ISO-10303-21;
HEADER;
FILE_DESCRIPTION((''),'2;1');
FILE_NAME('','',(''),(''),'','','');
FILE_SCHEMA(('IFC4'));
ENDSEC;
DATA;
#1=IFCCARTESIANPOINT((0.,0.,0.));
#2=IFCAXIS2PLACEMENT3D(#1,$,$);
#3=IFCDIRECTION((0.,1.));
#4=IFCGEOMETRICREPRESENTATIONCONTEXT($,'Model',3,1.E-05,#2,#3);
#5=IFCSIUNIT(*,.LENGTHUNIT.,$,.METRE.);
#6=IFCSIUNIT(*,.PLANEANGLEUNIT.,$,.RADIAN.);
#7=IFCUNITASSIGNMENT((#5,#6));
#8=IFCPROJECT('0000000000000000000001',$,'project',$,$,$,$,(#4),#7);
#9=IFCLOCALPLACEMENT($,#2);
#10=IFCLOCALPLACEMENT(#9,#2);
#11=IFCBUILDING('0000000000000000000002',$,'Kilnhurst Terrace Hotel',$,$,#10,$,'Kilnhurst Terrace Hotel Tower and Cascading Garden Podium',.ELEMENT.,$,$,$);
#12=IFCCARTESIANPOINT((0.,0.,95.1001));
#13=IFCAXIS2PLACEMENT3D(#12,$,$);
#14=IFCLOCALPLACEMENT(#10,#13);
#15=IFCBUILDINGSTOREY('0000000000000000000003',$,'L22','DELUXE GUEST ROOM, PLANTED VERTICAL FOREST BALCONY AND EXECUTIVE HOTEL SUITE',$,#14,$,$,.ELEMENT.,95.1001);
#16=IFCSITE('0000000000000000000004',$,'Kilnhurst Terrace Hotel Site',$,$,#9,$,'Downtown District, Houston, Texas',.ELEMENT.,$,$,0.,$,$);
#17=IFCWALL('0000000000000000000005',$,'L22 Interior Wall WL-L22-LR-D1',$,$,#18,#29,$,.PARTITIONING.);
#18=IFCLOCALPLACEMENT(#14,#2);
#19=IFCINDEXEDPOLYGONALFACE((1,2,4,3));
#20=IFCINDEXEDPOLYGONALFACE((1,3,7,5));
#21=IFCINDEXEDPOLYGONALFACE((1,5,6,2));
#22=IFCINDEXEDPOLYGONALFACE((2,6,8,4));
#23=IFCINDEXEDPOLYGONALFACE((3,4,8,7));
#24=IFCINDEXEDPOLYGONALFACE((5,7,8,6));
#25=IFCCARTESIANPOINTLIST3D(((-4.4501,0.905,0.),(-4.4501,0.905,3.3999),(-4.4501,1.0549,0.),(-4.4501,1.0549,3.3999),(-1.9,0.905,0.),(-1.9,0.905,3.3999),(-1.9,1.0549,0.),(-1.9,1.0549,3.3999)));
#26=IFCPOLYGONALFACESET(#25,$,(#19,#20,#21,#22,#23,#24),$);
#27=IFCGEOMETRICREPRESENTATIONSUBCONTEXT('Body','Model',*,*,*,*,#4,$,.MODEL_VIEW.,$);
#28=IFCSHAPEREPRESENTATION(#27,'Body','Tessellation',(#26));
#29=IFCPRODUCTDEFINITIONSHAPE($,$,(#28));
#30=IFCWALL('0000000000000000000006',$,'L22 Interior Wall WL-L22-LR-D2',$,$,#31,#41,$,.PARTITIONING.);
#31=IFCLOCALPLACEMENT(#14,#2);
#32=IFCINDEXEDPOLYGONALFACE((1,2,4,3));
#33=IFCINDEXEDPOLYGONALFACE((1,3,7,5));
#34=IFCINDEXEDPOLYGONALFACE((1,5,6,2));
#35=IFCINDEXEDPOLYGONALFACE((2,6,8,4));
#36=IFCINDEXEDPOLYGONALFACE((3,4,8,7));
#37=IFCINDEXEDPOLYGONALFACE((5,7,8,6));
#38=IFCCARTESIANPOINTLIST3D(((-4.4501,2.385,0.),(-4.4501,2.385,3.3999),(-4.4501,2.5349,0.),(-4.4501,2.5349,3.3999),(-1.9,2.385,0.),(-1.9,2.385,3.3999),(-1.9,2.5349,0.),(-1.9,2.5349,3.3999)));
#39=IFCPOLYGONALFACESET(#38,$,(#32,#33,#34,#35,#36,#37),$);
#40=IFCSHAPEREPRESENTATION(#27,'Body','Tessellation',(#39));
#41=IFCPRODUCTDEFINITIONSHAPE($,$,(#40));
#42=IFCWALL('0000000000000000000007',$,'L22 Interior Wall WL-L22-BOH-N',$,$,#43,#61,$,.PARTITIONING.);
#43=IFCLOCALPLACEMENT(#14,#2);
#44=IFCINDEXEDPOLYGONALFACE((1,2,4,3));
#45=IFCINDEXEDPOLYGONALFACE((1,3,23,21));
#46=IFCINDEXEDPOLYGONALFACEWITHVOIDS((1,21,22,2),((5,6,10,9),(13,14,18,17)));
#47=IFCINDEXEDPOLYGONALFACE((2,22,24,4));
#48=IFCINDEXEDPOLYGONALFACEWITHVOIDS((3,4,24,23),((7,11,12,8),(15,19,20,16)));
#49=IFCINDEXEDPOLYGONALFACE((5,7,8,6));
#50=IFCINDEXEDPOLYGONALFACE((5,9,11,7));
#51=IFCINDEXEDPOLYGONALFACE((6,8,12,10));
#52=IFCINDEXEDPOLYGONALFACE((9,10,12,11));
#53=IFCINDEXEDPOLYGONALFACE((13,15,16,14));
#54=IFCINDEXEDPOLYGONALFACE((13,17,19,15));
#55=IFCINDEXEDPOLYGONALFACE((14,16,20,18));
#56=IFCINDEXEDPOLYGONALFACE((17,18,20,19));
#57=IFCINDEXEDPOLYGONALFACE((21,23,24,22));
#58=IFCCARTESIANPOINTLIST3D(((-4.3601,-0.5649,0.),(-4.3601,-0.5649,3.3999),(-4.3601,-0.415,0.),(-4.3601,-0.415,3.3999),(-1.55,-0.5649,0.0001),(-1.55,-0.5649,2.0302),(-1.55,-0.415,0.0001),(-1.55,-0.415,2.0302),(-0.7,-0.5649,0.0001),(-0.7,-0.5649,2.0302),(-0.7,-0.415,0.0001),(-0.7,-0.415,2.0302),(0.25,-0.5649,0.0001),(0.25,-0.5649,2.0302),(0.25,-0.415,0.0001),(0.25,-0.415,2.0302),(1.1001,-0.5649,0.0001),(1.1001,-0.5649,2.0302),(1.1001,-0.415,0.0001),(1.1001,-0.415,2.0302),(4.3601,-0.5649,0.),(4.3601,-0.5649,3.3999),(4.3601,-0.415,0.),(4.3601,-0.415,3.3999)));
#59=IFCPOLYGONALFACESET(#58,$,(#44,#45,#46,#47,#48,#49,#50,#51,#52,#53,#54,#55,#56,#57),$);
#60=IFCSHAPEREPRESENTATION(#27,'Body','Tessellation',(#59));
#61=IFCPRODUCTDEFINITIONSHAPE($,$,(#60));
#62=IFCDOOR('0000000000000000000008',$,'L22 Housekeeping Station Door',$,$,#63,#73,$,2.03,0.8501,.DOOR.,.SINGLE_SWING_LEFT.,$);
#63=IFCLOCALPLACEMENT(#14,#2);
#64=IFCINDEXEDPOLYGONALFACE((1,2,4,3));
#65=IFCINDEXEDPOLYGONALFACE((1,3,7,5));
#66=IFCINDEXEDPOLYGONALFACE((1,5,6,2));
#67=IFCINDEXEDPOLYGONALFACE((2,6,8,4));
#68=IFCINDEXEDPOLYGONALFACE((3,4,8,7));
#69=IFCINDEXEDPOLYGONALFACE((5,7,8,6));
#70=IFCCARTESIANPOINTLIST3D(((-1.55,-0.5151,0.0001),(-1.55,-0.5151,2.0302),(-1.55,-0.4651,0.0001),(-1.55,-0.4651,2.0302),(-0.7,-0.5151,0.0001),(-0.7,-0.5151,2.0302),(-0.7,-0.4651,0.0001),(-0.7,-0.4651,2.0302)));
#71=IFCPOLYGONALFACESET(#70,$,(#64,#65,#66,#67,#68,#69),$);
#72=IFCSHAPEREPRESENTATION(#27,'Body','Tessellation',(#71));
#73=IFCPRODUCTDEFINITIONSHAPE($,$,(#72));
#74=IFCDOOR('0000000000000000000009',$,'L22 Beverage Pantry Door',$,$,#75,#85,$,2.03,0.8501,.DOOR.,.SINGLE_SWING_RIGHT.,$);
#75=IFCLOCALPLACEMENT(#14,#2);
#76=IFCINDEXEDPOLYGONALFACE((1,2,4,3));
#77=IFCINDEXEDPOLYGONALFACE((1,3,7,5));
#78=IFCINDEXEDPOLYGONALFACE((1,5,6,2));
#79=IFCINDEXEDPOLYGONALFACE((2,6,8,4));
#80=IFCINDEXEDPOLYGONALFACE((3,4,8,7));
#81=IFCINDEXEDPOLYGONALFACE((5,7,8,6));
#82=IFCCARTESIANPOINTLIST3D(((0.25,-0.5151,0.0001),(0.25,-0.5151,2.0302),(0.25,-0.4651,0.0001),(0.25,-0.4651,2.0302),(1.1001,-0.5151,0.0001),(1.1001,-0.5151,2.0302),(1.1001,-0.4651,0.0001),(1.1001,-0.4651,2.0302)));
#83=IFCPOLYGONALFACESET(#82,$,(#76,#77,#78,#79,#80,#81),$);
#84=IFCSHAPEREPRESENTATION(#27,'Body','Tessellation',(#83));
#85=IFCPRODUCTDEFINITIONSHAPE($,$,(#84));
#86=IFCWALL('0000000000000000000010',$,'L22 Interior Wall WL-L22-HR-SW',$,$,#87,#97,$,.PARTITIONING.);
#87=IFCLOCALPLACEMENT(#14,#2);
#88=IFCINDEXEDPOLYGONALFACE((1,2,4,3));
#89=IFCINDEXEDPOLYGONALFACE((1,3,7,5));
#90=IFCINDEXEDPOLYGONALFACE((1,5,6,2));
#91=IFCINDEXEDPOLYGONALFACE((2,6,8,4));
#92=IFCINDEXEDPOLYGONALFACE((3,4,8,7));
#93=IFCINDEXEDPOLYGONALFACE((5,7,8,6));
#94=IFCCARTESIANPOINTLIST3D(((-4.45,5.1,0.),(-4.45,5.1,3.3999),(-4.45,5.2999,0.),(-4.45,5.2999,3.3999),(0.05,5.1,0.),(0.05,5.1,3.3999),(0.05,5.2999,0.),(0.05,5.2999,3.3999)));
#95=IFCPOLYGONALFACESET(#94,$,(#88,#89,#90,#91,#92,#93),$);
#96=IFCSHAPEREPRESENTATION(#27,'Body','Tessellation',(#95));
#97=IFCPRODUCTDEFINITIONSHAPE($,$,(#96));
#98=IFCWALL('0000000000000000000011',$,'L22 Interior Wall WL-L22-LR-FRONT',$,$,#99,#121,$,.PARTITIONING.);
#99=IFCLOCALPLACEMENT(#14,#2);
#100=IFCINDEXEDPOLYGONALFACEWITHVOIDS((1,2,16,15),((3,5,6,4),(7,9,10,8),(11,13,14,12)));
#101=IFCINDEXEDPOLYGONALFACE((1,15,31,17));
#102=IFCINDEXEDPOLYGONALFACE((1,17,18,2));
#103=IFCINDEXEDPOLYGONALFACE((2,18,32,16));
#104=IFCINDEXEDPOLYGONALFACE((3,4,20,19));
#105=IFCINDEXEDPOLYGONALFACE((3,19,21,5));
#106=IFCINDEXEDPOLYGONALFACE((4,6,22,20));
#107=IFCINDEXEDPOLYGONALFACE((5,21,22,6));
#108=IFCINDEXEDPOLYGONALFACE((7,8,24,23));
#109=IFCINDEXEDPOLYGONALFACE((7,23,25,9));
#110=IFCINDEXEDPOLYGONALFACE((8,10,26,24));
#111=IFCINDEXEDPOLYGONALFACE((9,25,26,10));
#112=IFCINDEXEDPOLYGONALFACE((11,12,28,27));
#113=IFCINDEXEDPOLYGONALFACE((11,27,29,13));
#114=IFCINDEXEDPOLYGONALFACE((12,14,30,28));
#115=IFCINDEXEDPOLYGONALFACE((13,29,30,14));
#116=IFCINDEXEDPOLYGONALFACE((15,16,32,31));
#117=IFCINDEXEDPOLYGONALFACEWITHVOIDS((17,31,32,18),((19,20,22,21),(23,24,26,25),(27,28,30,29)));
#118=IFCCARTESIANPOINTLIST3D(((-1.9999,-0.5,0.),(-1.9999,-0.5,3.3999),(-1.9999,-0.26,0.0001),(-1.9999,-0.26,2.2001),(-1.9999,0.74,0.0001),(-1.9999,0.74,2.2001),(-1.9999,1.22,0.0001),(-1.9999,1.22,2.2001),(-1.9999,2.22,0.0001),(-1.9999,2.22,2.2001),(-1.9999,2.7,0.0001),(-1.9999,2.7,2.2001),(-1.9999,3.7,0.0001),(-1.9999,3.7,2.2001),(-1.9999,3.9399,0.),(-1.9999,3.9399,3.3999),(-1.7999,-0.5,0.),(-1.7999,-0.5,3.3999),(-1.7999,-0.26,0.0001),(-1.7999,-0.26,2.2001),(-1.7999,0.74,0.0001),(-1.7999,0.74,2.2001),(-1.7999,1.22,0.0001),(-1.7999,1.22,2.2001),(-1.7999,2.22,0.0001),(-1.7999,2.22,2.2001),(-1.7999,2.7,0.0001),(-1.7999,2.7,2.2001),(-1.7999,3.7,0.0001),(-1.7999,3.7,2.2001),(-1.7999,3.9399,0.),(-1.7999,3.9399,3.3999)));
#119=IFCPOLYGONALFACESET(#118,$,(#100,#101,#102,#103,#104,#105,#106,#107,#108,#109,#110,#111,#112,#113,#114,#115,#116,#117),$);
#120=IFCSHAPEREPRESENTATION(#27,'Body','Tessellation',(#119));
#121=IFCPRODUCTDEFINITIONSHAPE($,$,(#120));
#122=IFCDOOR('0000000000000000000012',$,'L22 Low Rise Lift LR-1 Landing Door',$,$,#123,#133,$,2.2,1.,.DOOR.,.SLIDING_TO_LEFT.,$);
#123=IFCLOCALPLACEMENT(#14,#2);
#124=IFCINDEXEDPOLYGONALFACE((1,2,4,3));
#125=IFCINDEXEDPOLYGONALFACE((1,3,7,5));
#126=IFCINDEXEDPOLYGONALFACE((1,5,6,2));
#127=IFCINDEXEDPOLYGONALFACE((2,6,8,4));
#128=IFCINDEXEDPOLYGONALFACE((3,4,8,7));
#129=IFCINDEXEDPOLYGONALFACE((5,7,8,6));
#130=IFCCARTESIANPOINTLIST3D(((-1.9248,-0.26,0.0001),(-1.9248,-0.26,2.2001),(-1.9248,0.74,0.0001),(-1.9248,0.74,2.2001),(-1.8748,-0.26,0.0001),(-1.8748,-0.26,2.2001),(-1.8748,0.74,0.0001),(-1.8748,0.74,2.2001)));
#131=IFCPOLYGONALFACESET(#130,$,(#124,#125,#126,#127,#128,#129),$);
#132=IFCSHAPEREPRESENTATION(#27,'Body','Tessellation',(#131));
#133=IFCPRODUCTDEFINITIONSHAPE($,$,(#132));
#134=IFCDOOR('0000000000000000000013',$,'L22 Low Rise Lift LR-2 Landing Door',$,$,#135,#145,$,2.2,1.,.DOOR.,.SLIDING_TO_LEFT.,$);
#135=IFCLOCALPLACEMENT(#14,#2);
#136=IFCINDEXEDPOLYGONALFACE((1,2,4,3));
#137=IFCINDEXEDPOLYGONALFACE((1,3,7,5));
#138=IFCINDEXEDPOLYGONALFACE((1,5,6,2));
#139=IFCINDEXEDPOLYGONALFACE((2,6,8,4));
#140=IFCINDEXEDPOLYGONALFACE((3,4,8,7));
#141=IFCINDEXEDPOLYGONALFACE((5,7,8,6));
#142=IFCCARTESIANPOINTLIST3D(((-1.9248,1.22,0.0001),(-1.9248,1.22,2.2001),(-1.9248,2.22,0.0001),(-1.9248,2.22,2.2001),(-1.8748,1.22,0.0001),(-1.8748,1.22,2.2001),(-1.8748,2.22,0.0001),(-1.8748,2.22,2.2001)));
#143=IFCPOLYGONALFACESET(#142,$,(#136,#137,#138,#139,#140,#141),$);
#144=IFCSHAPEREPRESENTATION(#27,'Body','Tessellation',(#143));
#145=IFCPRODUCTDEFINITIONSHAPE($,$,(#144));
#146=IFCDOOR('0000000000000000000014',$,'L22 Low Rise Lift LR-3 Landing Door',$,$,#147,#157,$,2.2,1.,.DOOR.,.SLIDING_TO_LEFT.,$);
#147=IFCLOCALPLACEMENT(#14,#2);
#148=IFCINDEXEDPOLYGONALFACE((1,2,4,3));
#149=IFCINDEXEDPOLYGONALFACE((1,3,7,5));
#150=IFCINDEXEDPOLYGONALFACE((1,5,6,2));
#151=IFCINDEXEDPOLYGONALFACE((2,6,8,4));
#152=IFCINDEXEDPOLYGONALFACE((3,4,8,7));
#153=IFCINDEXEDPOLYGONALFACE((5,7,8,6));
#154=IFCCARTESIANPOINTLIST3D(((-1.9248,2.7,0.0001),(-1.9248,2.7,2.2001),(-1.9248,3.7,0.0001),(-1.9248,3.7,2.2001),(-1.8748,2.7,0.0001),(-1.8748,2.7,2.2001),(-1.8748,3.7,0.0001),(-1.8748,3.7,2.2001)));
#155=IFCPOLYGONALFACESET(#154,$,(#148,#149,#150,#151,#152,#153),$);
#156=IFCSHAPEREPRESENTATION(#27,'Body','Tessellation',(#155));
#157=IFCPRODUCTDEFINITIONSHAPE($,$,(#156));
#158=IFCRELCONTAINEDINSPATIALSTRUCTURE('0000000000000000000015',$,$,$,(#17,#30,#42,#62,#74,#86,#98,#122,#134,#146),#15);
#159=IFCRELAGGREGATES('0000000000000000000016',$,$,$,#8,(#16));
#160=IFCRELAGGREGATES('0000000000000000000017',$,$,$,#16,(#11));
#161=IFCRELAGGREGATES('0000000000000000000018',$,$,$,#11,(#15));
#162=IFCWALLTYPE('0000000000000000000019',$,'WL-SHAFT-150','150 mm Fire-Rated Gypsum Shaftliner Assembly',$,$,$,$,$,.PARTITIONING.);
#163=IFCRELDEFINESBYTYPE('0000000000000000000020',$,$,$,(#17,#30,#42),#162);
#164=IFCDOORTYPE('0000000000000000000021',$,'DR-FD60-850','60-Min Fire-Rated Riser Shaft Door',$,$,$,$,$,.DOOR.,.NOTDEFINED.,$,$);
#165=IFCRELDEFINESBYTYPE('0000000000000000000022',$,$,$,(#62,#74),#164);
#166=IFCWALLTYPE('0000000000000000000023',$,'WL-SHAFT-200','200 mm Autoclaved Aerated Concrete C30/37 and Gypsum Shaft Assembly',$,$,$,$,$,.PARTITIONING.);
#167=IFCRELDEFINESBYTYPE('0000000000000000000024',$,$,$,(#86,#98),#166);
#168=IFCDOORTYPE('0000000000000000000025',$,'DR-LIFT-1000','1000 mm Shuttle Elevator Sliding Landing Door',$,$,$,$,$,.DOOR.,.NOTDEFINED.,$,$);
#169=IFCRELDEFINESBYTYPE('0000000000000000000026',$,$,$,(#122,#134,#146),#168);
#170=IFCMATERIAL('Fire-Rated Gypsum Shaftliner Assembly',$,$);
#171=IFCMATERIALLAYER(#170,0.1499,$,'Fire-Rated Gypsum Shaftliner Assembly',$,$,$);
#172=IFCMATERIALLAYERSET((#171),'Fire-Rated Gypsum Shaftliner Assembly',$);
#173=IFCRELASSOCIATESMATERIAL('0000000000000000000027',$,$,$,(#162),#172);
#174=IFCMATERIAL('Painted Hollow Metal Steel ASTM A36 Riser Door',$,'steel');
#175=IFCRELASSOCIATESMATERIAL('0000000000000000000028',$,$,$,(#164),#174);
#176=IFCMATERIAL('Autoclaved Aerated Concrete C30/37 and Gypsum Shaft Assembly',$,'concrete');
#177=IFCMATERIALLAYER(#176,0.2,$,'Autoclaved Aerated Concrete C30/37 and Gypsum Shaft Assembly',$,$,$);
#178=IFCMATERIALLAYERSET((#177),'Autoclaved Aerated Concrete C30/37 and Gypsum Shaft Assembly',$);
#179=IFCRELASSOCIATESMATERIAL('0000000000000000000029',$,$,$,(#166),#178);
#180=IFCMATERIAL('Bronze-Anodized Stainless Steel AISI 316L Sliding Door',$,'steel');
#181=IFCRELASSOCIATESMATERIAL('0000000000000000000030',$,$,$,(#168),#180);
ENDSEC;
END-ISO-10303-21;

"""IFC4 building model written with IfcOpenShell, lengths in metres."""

from ifc_helpers import new_model, si_unit, direction, frame, frame_2d, origin, place, context, subcontext, project, spatial, rectangle, extrude, material, layer, layer_set, type_object, element, fill, save


model = new_model("IFC4")

# Units and contexts
model_context = context("Model", 3, precision=1e-05, world=origin(), true_north=direction((0.0, 1.0)))
body_context = subcontext(model_context, "Body", "Model", "MODEL_VIEW")
ifc_project = project(units=[si_unit("LENGTHUNIT", "METRE"), si_unit("PLANEANGLEUNIT", "RADIAN")], contexts=[model_context])

# Site, building, storey
site_placement = place(None, origin())
site = spatial("IfcSite", under=ifc_project, at=site_placement, Name="Kilnhurst Terrace Hotel Site", LongName="Downtown District, Houston, Texas", CompositionType="ELEMENT", RefElevation=0.0)
building_placement = place(site_placement, origin())
building = spatial("IfcBuilding", under=site, at=building_placement, Name="Kilnhurst Terrace Hotel", LongName="Kilnhurst Terrace Hotel Tower and Cascading Garden Podium", CompositionType="ELEMENT")
storey_placement = place(building_placement, frame((0.0, 0.0, 95.1001)))
storey = spatial("IfcBuildingStorey", under=building, at=storey_placement, Name="L22", Description="DELUXE GUEST ROOM, PLANTED VERTICAL FOREST BALCONY AND EXECUTIVE HOTEL SUITE", CompositionType="ELEMENT", Elevation=95.1001)

# Walls
ifc_material_1 = material(Name="Fire-Rated Gypsum Shaftliner Assembly")
ifc_layer_1 = layer(ifc_material_1, 0.1499, Name="Fire-Rated Gypsum Shaftliner Assembly")
ifc_layer_set_1 = layer_set([ifc_layer_1], Name="Fire-Rated Gypsum Shaftliner Assembly")
wall_type_1 = type_object("IfcWallType", Name="WL-SHAFT-150", Description="150 mm Fire-Rated Gypsum Shaftliner Assembly", PredefinedType="PARTITIONING", material=ifc_layer_set_1)
for number, where, z_axis, x_axis, name in (
    (1, (-4.45, 0.98, 0.0), (0.0, 0.0, 1.0), (1.0, 0.0, 0.0), "L22 Interior Wall WL-L22-LR-D1"),
    (2, (-4.45, 2.46, 0.0), (0.0, 0.0, 1.0), (1.0, 0.0, 0.0), "L22 Interior Wall WL-L22-LR-D2"),
):
    element("IfcWall", number, at=place(storey_placement, frame(where, z_axis=z_axis, x_axis=x_axis)), inside=storey, type_object=wall_type_1, Name=name, PredefinedType="PARTITIONING", context=body_context, shape_type="SweptSolid", body=[
        extrude(rectangle(XDim=2.55, YDim=0.1499, at=frame_2d((1.2749, 0.0))), origin(), (0.0, 0.0, 1.0), 3.3999),
    ])

# Wall, openings, doors
wall_1_placement = place(storey_placement, frame((-4.3601, -0.49, 0.0), z_axis=(0.0, 0.0, 1.0), x_axis=(1.0, 0.0, 0.0)))
wall_1 = element("IfcWall", 3, at=wall_1_placement, inside=storey, type_object=wall_type_1, Name="L22 Interior Wall WL-L22-BOH-N", PredefinedType="PARTITIONING", context=body_context, shape_type="SweptSolid", body=[
    extrude(rectangle(XDim=8.7202, YDim=0.1499, at=frame_2d((4.3601, 0.0))), origin(), (0.0, 0.0, 1.0), 3.3999),
])
opening_1_placement = place(wall_1_placement, frame((2.8101, 0.0, 0.0)))
opening_1 = element("IfcOpeningElement", 4, at=opening_1_placement, cuts=wall_1, PredefinedType="OPENING", context=body_context, shape_type="SweptSolid", body=[
    extrude(rectangle(XDim=0.8501, YDim=2.03, at=frame_2d((0.425, 1.0151))), frame((0.0, 0.085, 0.0), z_axis=(0.0, -1.0, 0.0), x_axis=(1.0, 0.0, 0.0)), (0.0, 0.0, 1.0), 0.1699),
])
opening_2_placement = place(wall_1_placement, frame((4.6101, 0.0, 0.0)))
opening_2 = element("IfcOpeningElement", 5, at=opening_2_placement, cuts=wall_1, PredefinedType="OPENING", context=body_context, shape_type="SweptSolid", body=[
    extrude(rectangle(XDim=0.8501, YDim=2.03, at=frame_2d((0.425, 1.0151))), frame((0.0, 0.085, 0.0), z_axis=(0.0, -1.0, 0.0), x_axis=(1.0, 0.0, 0.0)), (0.0, 0.0, 1.0), 0.1699),
])
ifc_material_2 = material(Name="Painted Hollow Metal Steel ASTM A36 Riser Door", Category="steel")
door_type_1 = type_object("IfcDoorType", Name="DR-FD60-850", Description="60-Min Fire-Rated Riser Shaft Door", OperationType="NOTDEFINED", PredefinedType="DOOR", material=ifc_material_2)
door_1_placement = place(opening_1_placement, origin())
door_1 = element("IfcDoor", 6, at=door_1_placement, inside=storey, type_object=door_type_1, Name="L22 Housekeeping Station Door", OperationType="SINGLE_SWING_LEFT", OverallHeight=2.03, OverallWidth=0.8501, PredefinedType="DOOR", context=body_context, shape_type="SweptSolid", body=[
    extrude(rectangle(XDim=0.8501, YDim=2.03, at=frame_2d((0.425, 1.0151))), frame((0.0, 0.0249, 0.0), z_axis=(0.0, -1.0, 0.0), x_axis=(1.0, 0.0, 0.0)), (0.0, 0.0, 1.0), 0.05),
])
fill(opening_1, door_1)
door_2_placement = place(opening_2_placement, origin())
door_2 = element("IfcDoor", 7, at=door_2_placement, inside=storey, type_object=door_type_1, Name="L22 Beverage Pantry Door", OperationType="SINGLE_SWING_RIGHT", OverallHeight=2.03, OverallWidth=0.8501, PredefinedType="DOOR", context=body_context, shape_type="SweptSolid", body=[
    extrude(rectangle(XDim=0.8501, YDim=2.03, at=frame_2d((0.425, 1.0151))), frame((0.0, 0.0249, 0.0), z_axis=(0.0, -1.0, 0.0), x_axis=(1.0, 0.0, 0.0)), (0.0, 0.0, 1.0), 0.05),
])
fill(opening_2, door_2)

# Wall
ifc_material_3 = material(Name="Autoclaved Aerated Concrete C30/37 and Gypsum Shaft Assembly", Category="concrete")
ifc_layer_2 = layer(ifc_material_3, 0.2, Name="Autoclaved Aerated Concrete C30/37 and Gypsum Shaft Assembly")
ifc_layer_set_2 = layer_set([ifc_layer_2], Name="Autoclaved Aerated Concrete C30/37 and Gypsum Shaft Assembly")
wall_type_2 = type_object("IfcWallType", Name="WL-SHAFT-200", Description="200 mm Autoclaved Aerated Concrete C30/37 and Gypsum Shaft Assembly", PredefinedType="PARTITIONING", material=ifc_layer_set_2)
wall_2_placement = place(storey_placement, frame((-4.45, 5.2, 0.0), z_axis=(0.0, 0.0, 1.0), x_axis=(1.0, 0.0, 0.0)))
element("IfcWall", 8, at=wall_2_placement, inside=storey, type_object=wall_type_2, Name="L22 Interior Wall WL-L22-HR-SW", PredefinedType="PARTITIONING", context=body_context, shape_type="SweptSolid", body=[
    extrude(rectangle(XDim=4.5, YDim=0.2, at=frame_2d((2.25, 0.0))), origin(), (0.0, 0.0, 1.0), 3.3999),
])

# Wall, openings, doors
wall_3_placement = place(storey_placement, frame((-1.8999, -0.5, 0.0), z_axis=(0.0, 0.0, 1.0), x_axis=(0.0, 1.0, 0.0)))
wall_3 = element("IfcWall", 9, at=wall_3_placement, inside=storey, type_object=wall_type_2, Name="L22 Interior Wall WL-L22-LR-FRONT", PredefinedType="PARTITIONING", context=body_context, shape_type="SweptSolid", body=[
    extrude(rectangle(XDim=4.4399, YDim=0.2, at=frame_2d((2.22, 0.0))), origin(), (0.0, 0.0, 1.0), 3.3999),
])
opening_3_placement = place(wall_3_placement, frame((0.24, 0.0, 0.0)))
opening_3 = element("IfcOpeningElement", 10, at=opening_3_placement, cuts=wall_3, PredefinedType="OPENING", context=body_context, shape_type="SweptSolid", body=[
    extrude(rectangle(XDim=1.0, YDim=2.2, at=frame_2d((0.5, 1.1001))), frame((0.0, 0.1099, 0.0), z_axis=(0.0, -1.0, 0.0), x_axis=(1.0, 0.0, 0.0)), (0.0, 0.0, 1.0), 0.22),
])
opening_4_placement = place(wall_3_placement, frame((1.72, 0.0, 0.0)))
opening_4 = element("IfcOpeningElement", 11, at=opening_4_placement, cuts=wall_3, PredefinedType="OPENING", context=body_context, shape_type="SweptSolid", body=[
    extrude(rectangle(XDim=1.0, YDim=2.2, at=frame_2d((0.5, 1.1001))), frame((0.0, 0.1099, 0.0), z_axis=(0.0, -1.0, 0.0), x_axis=(1.0, 0.0, 0.0)), (0.0, 0.0, 1.0), 0.22),
])
opening_5_placement = place(wall_3_placement, frame((3.2, 0.0, 0.0)))
opening_5 = element("IfcOpeningElement", 12, at=opening_5_placement, cuts=wall_3, PredefinedType="OPENING", context=body_context, shape_type="SweptSolid", body=[
    extrude(rectangle(XDim=1.0, YDim=2.2, at=frame_2d((0.5, 1.1001))), frame((0.0, 0.1099, 0.0), z_axis=(0.0, -1.0, 0.0), x_axis=(1.0, 0.0, 0.0)), (0.0, 0.0, 1.0), 0.22),
])
ifc_material_4 = material(Name="Bronze-Anodized Stainless Steel AISI 316L Sliding Door", Category="steel")
door_type_2 = type_object("IfcDoorType", Name="DR-LIFT-1000", Description="1000 mm Shuttle Elevator Sliding Landing Door", OperationType="NOTDEFINED", PredefinedType="DOOR", material=ifc_material_4)
door_3_placement = place(opening_3_placement, origin())
door_3 = element("IfcDoor", 13, at=door_3_placement, inside=storey, type_object=door_type_2, Name="L22 Low Rise Lift LR-1 Landing Door", OperationType="SLIDING_TO_LEFT", OverallHeight=2.2, OverallWidth=1.0, PredefinedType="DOOR", context=body_context, shape_type="SweptSolid", body=[
    extrude(rectangle(XDim=1.0, YDim=2.2, at=frame_2d((0.5, 1.1001))), frame((0.0, 0.0249, 0.0), z_axis=(0.0, -1.0, 0.0), x_axis=(1.0, 0.0, 0.0)), (0.0, 0.0, 1.0), 0.05),
])
fill(opening_3, door_3)
door_4_placement = place(opening_4_placement, origin())
door_4 = element("IfcDoor", 14, at=door_4_placement, inside=storey, type_object=door_type_2, Name="L22 Low Rise Lift LR-2 Landing Door", OperationType="SLIDING_TO_LEFT", OverallHeight=2.2, OverallWidth=1.0, PredefinedType="DOOR", context=body_context, shape_type="SweptSolid", body=[
    extrude(rectangle(XDim=1.0, YDim=2.2, at=frame_2d((0.5, 1.1001))), frame((0.0, 0.0249, 0.0), z_axis=(0.0, -1.0, 0.0), x_axis=(1.0, 0.0, 0.0)), (0.0, 0.0, 1.0), 0.05),
])
fill(opening_4, door_4)
door_5_placement = place(opening_5_placement, origin())
door_5 = element("IfcDoor", 15, at=door_5_placement, inside=storey, type_object=door_type_2, Name="L22 Low Rise Lift LR-3 Landing Door", OperationType="SLIDING_TO_LEFT", OverallHeight=2.2, OverallWidth=1.0, PredefinedType="DOOR", context=body_context, shape_type="SweptSolid", body=[
    extrude(rectangle(XDim=1.0, YDim=2.2, at=frame_2d((0.5, 1.1001))), frame((0.0, 0.0249, 0.0), z_axis=(0.0, -1.0, 0.0), x_axis=(1.0, 0.0, 0.0)), (0.0, 0.0, 1.0), 0.05),
])
fill(opening_5, door_5)

save(model, "model.ifc")
